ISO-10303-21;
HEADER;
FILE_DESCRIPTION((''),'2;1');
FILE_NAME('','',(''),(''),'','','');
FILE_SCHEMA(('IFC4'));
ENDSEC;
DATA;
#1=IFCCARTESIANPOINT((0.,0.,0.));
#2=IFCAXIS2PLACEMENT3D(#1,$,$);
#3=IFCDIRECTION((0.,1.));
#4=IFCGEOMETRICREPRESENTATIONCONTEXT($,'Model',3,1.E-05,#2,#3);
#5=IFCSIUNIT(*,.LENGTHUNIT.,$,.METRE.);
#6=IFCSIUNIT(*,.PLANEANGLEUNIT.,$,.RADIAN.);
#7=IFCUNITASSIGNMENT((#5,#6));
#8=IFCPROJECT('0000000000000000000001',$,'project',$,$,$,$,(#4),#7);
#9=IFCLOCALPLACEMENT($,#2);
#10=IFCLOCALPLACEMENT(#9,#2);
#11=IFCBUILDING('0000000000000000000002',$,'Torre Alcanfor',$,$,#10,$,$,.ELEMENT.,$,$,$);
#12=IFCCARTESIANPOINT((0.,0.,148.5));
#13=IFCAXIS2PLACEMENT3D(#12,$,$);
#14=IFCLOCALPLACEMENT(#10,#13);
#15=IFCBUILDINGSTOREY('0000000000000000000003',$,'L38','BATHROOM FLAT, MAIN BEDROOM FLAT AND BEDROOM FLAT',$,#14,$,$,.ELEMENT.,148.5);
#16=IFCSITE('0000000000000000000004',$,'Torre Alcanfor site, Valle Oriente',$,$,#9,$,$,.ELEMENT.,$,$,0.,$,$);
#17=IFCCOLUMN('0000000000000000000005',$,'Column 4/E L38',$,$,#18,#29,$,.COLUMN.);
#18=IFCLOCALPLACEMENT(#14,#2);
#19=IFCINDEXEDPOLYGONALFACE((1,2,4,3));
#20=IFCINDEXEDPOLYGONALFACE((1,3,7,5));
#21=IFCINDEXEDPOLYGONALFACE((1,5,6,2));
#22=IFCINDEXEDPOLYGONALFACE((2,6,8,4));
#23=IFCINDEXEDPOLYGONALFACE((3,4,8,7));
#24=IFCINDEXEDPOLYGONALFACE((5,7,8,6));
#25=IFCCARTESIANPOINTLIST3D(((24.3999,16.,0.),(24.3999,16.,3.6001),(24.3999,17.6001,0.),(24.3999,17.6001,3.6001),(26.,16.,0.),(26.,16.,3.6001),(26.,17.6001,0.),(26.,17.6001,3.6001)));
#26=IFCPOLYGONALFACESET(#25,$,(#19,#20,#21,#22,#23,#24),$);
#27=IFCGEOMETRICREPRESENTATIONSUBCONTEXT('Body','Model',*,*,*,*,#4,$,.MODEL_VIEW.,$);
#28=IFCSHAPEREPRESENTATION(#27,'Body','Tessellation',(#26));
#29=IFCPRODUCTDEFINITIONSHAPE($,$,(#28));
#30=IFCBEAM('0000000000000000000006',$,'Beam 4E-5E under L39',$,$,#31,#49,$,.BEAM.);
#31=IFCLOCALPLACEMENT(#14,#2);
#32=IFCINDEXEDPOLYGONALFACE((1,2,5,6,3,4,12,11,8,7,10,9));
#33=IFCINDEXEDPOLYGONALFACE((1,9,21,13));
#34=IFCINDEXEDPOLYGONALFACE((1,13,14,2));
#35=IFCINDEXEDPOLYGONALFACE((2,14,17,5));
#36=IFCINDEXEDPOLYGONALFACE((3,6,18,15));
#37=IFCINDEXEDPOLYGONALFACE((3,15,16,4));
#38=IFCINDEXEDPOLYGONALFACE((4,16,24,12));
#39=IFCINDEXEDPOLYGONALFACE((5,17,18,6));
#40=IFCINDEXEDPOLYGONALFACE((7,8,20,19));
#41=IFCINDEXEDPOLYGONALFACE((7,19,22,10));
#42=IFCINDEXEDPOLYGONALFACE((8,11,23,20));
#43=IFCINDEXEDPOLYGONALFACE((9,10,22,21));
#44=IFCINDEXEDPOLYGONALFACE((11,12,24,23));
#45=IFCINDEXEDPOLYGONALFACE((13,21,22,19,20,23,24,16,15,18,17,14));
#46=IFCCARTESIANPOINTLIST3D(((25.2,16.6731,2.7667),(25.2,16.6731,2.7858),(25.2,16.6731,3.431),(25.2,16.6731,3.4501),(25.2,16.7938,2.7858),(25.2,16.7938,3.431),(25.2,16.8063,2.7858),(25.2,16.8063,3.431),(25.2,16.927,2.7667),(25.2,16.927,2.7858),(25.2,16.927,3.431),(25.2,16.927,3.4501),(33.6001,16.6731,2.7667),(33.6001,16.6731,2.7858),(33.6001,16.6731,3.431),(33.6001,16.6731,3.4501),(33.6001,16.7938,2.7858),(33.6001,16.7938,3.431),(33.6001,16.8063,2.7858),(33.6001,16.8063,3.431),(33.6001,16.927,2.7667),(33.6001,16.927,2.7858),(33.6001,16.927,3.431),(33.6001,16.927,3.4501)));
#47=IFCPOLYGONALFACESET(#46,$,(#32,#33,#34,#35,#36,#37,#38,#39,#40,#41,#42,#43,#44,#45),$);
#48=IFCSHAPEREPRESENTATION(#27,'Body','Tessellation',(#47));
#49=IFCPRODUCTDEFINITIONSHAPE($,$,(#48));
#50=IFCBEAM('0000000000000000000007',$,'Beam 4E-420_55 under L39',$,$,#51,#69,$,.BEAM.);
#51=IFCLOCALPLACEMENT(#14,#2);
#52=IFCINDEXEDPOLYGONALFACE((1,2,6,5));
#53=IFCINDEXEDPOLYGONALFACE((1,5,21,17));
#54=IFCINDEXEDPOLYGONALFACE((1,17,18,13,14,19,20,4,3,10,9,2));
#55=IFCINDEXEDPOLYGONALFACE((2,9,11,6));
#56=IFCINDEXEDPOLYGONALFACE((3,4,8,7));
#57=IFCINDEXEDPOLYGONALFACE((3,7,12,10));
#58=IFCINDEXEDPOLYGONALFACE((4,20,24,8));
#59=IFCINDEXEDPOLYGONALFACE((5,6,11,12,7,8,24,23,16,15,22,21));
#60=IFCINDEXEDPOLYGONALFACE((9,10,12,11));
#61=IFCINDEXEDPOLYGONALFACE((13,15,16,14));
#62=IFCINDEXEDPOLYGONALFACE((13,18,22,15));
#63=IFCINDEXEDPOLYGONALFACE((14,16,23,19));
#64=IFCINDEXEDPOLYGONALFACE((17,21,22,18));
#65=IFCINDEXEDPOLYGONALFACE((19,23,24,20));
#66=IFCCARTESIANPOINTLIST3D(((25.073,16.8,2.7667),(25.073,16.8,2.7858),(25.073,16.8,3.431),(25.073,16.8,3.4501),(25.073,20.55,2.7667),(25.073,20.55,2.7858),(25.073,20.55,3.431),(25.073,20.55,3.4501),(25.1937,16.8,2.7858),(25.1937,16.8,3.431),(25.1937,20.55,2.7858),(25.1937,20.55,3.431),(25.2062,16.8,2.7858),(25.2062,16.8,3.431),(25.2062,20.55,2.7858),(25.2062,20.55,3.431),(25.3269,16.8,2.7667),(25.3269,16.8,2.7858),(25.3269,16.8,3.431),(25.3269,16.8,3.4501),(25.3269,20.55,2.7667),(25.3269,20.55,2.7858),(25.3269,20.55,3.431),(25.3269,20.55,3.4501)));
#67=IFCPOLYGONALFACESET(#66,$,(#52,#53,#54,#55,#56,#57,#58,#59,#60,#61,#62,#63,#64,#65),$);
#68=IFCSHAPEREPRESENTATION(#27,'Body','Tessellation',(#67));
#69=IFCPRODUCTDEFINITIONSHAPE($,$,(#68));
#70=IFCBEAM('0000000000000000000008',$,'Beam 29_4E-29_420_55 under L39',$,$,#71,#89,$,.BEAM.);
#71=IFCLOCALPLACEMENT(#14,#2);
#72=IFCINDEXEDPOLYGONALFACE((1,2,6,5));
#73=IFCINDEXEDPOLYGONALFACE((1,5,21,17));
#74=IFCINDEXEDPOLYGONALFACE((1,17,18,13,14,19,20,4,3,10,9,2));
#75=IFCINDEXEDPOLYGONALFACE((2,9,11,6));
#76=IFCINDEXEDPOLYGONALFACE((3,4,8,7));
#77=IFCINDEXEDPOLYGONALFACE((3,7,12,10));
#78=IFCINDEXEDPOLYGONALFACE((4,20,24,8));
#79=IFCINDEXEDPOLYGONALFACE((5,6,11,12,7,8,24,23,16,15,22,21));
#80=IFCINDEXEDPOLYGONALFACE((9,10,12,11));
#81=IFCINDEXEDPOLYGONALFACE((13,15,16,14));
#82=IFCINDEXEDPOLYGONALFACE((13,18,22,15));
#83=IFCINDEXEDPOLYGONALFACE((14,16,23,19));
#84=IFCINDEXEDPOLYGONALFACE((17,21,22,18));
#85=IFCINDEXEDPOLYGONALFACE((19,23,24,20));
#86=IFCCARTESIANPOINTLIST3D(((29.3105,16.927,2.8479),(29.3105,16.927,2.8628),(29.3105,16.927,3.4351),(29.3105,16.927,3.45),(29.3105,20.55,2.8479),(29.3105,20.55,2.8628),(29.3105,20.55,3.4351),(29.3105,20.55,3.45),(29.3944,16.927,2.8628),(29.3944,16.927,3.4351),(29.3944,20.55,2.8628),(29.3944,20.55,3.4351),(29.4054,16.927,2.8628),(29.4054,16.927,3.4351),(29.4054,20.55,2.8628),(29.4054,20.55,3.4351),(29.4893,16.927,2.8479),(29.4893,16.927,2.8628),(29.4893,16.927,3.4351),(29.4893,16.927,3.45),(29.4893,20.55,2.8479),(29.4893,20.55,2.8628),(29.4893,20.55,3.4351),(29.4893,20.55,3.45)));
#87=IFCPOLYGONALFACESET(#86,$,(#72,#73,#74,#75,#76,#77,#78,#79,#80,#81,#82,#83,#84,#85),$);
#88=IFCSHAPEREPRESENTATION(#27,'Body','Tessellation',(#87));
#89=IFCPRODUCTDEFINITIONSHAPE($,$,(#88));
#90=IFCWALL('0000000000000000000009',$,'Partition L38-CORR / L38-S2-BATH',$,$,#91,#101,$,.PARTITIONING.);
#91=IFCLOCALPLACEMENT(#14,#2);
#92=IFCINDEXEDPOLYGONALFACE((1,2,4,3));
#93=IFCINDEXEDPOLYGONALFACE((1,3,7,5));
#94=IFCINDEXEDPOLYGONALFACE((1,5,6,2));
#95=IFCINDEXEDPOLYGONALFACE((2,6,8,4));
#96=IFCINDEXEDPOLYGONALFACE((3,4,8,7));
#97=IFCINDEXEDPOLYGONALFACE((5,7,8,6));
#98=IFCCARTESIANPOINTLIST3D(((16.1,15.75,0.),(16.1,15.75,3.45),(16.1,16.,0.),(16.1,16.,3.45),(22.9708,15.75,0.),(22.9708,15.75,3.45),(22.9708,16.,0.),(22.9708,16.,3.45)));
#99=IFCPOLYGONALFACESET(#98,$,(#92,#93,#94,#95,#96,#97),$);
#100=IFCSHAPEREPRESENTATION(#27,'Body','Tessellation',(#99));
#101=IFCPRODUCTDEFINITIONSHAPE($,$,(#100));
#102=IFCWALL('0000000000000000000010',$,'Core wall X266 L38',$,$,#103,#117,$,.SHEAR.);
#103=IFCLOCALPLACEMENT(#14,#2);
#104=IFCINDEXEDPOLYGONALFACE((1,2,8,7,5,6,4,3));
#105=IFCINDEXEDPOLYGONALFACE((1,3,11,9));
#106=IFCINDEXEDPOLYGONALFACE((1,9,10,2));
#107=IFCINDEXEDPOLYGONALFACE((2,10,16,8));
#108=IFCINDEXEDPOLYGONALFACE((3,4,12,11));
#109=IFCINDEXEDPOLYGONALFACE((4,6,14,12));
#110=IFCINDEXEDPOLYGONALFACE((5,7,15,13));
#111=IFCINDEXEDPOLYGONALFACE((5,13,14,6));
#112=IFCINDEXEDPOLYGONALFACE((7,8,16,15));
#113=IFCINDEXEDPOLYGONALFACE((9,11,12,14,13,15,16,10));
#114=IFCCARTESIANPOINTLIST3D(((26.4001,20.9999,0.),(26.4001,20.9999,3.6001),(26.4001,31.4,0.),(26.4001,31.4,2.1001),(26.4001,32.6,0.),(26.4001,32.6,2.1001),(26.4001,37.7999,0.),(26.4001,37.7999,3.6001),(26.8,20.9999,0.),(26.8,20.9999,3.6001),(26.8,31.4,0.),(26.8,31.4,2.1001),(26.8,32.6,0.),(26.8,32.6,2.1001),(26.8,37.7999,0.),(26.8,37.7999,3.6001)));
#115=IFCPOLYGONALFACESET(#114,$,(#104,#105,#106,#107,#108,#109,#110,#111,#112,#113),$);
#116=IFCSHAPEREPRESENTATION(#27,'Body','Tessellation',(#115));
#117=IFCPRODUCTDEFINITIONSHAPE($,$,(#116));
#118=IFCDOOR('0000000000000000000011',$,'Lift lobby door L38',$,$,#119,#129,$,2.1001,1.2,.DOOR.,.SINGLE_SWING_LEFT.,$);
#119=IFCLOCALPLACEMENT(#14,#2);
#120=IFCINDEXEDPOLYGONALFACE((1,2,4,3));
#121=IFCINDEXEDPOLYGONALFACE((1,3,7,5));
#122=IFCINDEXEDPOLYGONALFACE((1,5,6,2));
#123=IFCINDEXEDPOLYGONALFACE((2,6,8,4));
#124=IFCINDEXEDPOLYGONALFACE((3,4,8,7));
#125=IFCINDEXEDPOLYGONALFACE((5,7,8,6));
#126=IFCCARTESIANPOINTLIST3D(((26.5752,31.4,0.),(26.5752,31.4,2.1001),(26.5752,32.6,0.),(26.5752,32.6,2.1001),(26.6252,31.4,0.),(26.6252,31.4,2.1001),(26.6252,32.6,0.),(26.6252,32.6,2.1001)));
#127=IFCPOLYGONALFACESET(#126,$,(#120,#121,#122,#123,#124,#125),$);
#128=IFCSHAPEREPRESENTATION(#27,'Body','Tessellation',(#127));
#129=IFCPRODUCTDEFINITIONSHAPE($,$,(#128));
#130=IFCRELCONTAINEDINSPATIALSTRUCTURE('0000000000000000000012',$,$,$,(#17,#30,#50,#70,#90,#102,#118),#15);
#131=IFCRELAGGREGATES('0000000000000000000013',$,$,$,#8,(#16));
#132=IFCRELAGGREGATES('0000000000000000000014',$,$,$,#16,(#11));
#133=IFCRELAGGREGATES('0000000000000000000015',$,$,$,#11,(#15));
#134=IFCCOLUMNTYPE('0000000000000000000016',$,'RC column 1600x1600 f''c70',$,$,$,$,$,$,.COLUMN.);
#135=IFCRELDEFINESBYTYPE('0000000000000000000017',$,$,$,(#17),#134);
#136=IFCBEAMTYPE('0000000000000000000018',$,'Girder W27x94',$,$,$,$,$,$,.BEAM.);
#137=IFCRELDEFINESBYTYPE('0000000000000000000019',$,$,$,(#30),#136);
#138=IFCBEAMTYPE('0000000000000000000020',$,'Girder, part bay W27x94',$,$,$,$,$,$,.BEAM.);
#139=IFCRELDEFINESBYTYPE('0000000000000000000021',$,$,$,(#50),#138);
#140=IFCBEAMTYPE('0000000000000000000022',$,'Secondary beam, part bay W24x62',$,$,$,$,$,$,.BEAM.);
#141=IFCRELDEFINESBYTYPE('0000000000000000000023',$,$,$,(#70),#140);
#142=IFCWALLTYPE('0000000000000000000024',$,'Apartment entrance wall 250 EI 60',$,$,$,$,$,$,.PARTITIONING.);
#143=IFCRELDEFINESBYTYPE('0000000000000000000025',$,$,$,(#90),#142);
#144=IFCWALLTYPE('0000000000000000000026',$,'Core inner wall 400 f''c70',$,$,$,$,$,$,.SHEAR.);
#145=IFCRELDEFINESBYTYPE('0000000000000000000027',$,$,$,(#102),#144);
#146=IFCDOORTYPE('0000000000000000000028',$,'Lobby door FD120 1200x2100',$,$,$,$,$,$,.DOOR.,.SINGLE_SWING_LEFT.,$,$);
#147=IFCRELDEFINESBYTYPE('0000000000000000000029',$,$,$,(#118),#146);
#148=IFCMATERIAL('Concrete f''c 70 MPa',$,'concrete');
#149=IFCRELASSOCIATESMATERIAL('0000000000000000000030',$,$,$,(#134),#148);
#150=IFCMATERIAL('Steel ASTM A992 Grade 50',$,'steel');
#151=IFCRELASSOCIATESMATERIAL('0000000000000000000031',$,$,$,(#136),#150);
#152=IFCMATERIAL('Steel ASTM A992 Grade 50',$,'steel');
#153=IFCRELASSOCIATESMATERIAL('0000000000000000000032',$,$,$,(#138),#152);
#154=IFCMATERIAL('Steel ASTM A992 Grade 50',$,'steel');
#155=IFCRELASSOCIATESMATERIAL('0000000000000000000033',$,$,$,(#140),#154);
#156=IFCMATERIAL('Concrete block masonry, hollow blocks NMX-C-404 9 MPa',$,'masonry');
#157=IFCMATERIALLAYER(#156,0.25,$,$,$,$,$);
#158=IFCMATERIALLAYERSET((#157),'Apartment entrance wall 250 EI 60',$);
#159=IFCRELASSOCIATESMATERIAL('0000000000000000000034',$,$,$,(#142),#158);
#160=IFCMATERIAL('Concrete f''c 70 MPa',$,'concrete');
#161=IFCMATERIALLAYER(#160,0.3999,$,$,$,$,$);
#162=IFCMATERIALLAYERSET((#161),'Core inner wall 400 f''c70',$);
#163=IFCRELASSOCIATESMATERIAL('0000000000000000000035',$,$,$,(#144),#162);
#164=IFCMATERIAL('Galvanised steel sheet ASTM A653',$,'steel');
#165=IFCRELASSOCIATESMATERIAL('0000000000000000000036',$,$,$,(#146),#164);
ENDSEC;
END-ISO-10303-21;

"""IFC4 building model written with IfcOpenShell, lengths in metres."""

from ifc_helpers import new_model, si_unit, direction, frame, frame_2d, origin, origin_2d, place, context, subcontext, project, spatial, rectangle, i_section, extrude, material, layer, layer_set, material_profile, profile_set, type_object, element, fill, save


model = new_model("IFC4")

# Units and contexts
model_context = context("Model", 3, precision=1e-05, world=origin(), true_north=direction((0.0, 1.0)))
body_context = subcontext(model_context, "Body", "Model", "MODEL_VIEW")
ifc_project = project(units=[si_unit("LENGTHUNIT", "METRE"), si_unit("PLANEANGLEUNIT", "RADIAN")], contexts=[model_context])

# Site, building, storey
site_placement = place(None, origin())
site = spatial("IfcSite", under=ifc_project, at=site_placement, Name="Torre Alcanfor site, Valle Oriente", CompositionType="ELEMENT", RefElevation=0.0)
building_placement = place(site_placement, origin())
building = spatial("IfcBuilding", under=site, at=building_placement, Name="Torre Alcanfor", CompositionType="ELEMENT")
storey_placement = place(building_placement, frame((0.0, 0.0, 148.5)))
storey = spatial("IfcBuildingStorey", under=building, at=storey_placement, Name="L38", Description="BATHROOM FLAT, MAIN BEDROOM FLAT AND BEDROOM FLAT", CompositionType="ELEMENT", Elevation=148.5)

# Column
ifc_material_1 = material(Name="Concrete f'c 70 MPa", Category="concrete")
ifc_material_profile_1 = material_profile(ifc_material_1, rectangle(XDim=1.6001, YDim=1.6001, at=origin_2d()), Name="1600x1600")
ifc_profile_set_1 = profile_set([ifc_material_profile_1], Name="Concrete f'c 70 MPa")
column_type = type_object("IfcColumnType", Name="RC column 1600x1600 f'c70", PredefinedType="COLUMN", material=ifc_profile_set_1)
column_placement = place(storey_placement, frame((25.2, 16.8, 0.0), z_axis=(0.0, 0.0, 1.0), x_axis=(1.0, 0.0, 0.0)))
element("IfcColumn", 1, at=column_placement, inside=storey, type_object=column_type, Name="Column 4/E L38", PredefinedType="COLUMN", context=body_context, shape_type="SweptSolid", body=[
    extrude(rectangle(XDim=1.6001, YDim=1.6001, at=origin_2d()), origin(), (0.0, 0.0, 1.0), 3.6001),
])

# Beams
ifc_material_2 = material(Name="Steel ASTM A992 Grade 50", Category="steel")
ifc_material_profile_2 = material_profile(ifc_material_2, i_section(OverallWidth=0.2539, OverallDepth=0.6833, WebThickness=0.0125, FlangeThickness=0.019, at=origin_2d()), Name="W27x94")
ifc_profile_set_2 = profile_set([ifc_material_profile_2], Name="Steel ASTM A992 Grade 50")
beam_type_1 = type_object("IfcBeamType", Name="Girder W27x94", PredefinedType="BEAM", material=ifc_profile_set_2)
beam_1_placement = place(storey_placement, frame((25.2, 16.8, 3.1084), z_axis=(1.0, 0.0, 0.0), x_axis=(0.0, 1.0, 0.0)))
element("IfcBeam", 2, at=beam_1_placement, inside=storey, type_object=beam_type_1, Name="Beam 4E-5E under L39", PredefinedType="BEAM", context=body_context, shape_type="SweptSolid", body=[
    extrude(i_section(OverallWidth=0.2539, OverallDepth=0.6833, WebThickness=0.0125, FlangeThickness=0.019, at=origin_2d()), origin(), (0.0, 0.0, 1.0), 8.4001),
])
ifc_material_3 = material(Name="Steel ASTM A992 Grade 50", Category="steel")
ifc_material_profile_3 = material_profile(ifc_material_3, i_section(OverallWidth=0.2539, OverallDepth=0.6833, WebThickness=0.0125, FlangeThickness=0.019, at=origin_2d()), Name="W27x94")
ifc_profile_set_3 = profile_set([ifc_material_profile_3], Name="Steel ASTM A992 Grade 50")
beam_type_2 = type_object("IfcBeamType", Name="Girder, part bay W27x94", PredefinedType="BEAM", material=ifc_profile_set_3)
beam_2_placement = place(storey_placement, frame((25.2, 16.8, 3.1084), z_axis=(0.0, 1.0, 0.0), x_axis=(-1.0, 0.0, 0.0)))
element("IfcBeam", 3, at=beam_2_placement, inside=storey, type_object=beam_type_2, Name="Beam 4E-420_55 under L39", PredefinedType="BEAM", context=body_context, shape_type="SweptSolid", body=[
    extrude(i_section(OverallWidth=0.2539, OverallDepth=0.6833, WebThickness=0.0125, FlangeThickness=0.019, at=origin_2d()), origin(), (0.0, 0.0, 1.0), 3.75),
])
ifc_material_4 = material(Name="Steel ASTM A992 Grade 50", Category="steel")
ifc_material_profile_4 = material_profile(ifc_material_4, i_section(OverallWidth=0.1787, OverallDepth=0.6021, WebThickness=0.011, FlangeThickness=0.0149, at=origin_2d()), Name="W24x62")
ifc_profile_set_4 = profile_set([ifc_material_profile_4], Name="Steel ASTM A992 Grade 50")
beam_type_3 = type_object("IfcBeamType", Name="Secondary beam, part bay W24x62", PredefinedType="BEAM", material=ifc_profile_set_4)
beam_3_placement = place(storey_placement, frame((29.3999, 16.927, 3.1489), z_axis=(0.0, 1.0, 0.0), x_axis=(-1.0, 0.0, 0.0)))
element("IfcBeam", 4, at=beam_3_placement, inside=storey, type_object=beam_type_3, Name="Beam 29_4E-29_420_55 under L39", PredefinedType="BEAM", context=body_context, shape_type="SweptSolid", body=[
    extrude(i_section(OverallWidth=0.1787, OverallDepth=0.6021, WebThickness=0.011, FlangeThickness=0.0149, at=origin_2d()), origin(), (0.0, 0.0, 1.0), 3.623),
])

# Wall
ifc_material_5 = material(Name="Concrete block masonry, hollow blocks NMX-C-404 9 MPa", Category="masonry")
ifc_layer_1 = layer(ifc_material_5, 0.25)
ifc_layer_set_1 = layer_set([ifc_layer_1], Name="Apartment entrance wall 250 EI 60")
wall_type_1 = type_object("IfcWallType", Name="Apartment entrance wall 250 EI 60", PredefinedType="PARTITIONING", material=ifc_layer_set_1)
wall_1_placement = place(storey_placement, frame((22.9709, 15.875, 0.0), z_axis=(0.0, 0.0, 1.0), x_axis=(-1.0, 0.0, 0.0)))
element("IfcWall", 5, at=wall_1_placement, inside=storey, type_object=wall_type_1, Name="Partition L38-CORR / L38-S2-BATH", PredefinedType="PARTITIONING", context=body_context, shape_type="SweptSolid", body=[
    extrude(rectangle(XDim=6.8708, YDim=0.25, at=frame_2d((3.4355, 0.0))), origin(), (0.0, 0.0, 1.0), 3.45),
])

# Wall, opening, door
ifc_material_6 = material(Name="Concrete f'c 70 MPa", Category="concrete")
ifc_layer_2 = layer(ifc_material_6, 0.3999)
ifc_layer_set_2 = layer_set([ifc_layer_2], Name="Core inner wall 400 f'c70")
wall_type_2 = type_object("IfcWallType", Name="Core inner wall 400 f'c70", PredefinedType="SHEAR", material=ifc_layer_set_2)
wall_2_placement = place(storey_placement, frame((26.6001, 21.0, 0.0), z_axis=(0.0, 0.0, 1.0), x_axis=(0.0, 1.0, 0.0)))
wall_2 = element("IfcWall", 6, at=wall_2_placement, inside=storey, type_object=wall_type_2, Name="Core wall X266 L38", PredefinedType="SHEAR", context=body_context, shape_type="SweptSolid", body=[
    extrude(rectangle(XDim=16.8, YDim=0.3999, at=frame_2d((8.3999, 0.0))), origin(), (0.0, 0.0, 1.0), 3.6001),
])
opening_1_placement = place(wall_2_placement, frame((10.3999, 0.0, 0.0)))
opening_1 = element("IfcOpeningElement", 7, at=opening_1_placement, cuts=wall_2, PredefinedType="OPENING", context=body_context, shape_type="SweptSolid", body=[
    extrude(rectangle(XDim=1.2, YDim=2.1001, at=frame_2d((0.6001, 1.05))), frame((0.0, 0.21, 0.0), z_axis=(0.0, -1.0, 0.0), x_axis=(1.0, 0.0, 0.0)), (0.0, 0.0, 1.0), 0.4199),
])
ifc_material_7 = material(Name="Galvanised steel sheet ASTM A653", Category="steel")
door_type_1 = type_object("IfcDoorType", Name="Lobby door FD120 1200x2100", OperationType="SINGLE_SWING_LEFT", PredefinedType="DOOR", material=ifc_material_7)
door_1_placement = place(opening_1_placement, origin())
door_1 = element("IfcDoor", 8, at=door_1_placement, inside=storey, type_object=door_type_1, Name="Lift lobby door L38", OperationType="SINGLE_SWING_LEFT", OverallHeight=2.1001, OverallWidth=1.2, PredefinedType="DOOR", context=body_context, shape_type="SweptSolid", body=[
    extrude(rectangle(XDim=1.2, YDim=2.1001, at=frame_2d((0.6001, 1.05))), frame((0.0, 0.0249, 0.0), z_axis=(0.0, -1.0, 0.0), x_axis=(1.0, 0.0, 0.0)), (0.0, 0.0, 1.0), 0.05),
])
fill(opening_1, door_1)

save(model, "model.ifc")
